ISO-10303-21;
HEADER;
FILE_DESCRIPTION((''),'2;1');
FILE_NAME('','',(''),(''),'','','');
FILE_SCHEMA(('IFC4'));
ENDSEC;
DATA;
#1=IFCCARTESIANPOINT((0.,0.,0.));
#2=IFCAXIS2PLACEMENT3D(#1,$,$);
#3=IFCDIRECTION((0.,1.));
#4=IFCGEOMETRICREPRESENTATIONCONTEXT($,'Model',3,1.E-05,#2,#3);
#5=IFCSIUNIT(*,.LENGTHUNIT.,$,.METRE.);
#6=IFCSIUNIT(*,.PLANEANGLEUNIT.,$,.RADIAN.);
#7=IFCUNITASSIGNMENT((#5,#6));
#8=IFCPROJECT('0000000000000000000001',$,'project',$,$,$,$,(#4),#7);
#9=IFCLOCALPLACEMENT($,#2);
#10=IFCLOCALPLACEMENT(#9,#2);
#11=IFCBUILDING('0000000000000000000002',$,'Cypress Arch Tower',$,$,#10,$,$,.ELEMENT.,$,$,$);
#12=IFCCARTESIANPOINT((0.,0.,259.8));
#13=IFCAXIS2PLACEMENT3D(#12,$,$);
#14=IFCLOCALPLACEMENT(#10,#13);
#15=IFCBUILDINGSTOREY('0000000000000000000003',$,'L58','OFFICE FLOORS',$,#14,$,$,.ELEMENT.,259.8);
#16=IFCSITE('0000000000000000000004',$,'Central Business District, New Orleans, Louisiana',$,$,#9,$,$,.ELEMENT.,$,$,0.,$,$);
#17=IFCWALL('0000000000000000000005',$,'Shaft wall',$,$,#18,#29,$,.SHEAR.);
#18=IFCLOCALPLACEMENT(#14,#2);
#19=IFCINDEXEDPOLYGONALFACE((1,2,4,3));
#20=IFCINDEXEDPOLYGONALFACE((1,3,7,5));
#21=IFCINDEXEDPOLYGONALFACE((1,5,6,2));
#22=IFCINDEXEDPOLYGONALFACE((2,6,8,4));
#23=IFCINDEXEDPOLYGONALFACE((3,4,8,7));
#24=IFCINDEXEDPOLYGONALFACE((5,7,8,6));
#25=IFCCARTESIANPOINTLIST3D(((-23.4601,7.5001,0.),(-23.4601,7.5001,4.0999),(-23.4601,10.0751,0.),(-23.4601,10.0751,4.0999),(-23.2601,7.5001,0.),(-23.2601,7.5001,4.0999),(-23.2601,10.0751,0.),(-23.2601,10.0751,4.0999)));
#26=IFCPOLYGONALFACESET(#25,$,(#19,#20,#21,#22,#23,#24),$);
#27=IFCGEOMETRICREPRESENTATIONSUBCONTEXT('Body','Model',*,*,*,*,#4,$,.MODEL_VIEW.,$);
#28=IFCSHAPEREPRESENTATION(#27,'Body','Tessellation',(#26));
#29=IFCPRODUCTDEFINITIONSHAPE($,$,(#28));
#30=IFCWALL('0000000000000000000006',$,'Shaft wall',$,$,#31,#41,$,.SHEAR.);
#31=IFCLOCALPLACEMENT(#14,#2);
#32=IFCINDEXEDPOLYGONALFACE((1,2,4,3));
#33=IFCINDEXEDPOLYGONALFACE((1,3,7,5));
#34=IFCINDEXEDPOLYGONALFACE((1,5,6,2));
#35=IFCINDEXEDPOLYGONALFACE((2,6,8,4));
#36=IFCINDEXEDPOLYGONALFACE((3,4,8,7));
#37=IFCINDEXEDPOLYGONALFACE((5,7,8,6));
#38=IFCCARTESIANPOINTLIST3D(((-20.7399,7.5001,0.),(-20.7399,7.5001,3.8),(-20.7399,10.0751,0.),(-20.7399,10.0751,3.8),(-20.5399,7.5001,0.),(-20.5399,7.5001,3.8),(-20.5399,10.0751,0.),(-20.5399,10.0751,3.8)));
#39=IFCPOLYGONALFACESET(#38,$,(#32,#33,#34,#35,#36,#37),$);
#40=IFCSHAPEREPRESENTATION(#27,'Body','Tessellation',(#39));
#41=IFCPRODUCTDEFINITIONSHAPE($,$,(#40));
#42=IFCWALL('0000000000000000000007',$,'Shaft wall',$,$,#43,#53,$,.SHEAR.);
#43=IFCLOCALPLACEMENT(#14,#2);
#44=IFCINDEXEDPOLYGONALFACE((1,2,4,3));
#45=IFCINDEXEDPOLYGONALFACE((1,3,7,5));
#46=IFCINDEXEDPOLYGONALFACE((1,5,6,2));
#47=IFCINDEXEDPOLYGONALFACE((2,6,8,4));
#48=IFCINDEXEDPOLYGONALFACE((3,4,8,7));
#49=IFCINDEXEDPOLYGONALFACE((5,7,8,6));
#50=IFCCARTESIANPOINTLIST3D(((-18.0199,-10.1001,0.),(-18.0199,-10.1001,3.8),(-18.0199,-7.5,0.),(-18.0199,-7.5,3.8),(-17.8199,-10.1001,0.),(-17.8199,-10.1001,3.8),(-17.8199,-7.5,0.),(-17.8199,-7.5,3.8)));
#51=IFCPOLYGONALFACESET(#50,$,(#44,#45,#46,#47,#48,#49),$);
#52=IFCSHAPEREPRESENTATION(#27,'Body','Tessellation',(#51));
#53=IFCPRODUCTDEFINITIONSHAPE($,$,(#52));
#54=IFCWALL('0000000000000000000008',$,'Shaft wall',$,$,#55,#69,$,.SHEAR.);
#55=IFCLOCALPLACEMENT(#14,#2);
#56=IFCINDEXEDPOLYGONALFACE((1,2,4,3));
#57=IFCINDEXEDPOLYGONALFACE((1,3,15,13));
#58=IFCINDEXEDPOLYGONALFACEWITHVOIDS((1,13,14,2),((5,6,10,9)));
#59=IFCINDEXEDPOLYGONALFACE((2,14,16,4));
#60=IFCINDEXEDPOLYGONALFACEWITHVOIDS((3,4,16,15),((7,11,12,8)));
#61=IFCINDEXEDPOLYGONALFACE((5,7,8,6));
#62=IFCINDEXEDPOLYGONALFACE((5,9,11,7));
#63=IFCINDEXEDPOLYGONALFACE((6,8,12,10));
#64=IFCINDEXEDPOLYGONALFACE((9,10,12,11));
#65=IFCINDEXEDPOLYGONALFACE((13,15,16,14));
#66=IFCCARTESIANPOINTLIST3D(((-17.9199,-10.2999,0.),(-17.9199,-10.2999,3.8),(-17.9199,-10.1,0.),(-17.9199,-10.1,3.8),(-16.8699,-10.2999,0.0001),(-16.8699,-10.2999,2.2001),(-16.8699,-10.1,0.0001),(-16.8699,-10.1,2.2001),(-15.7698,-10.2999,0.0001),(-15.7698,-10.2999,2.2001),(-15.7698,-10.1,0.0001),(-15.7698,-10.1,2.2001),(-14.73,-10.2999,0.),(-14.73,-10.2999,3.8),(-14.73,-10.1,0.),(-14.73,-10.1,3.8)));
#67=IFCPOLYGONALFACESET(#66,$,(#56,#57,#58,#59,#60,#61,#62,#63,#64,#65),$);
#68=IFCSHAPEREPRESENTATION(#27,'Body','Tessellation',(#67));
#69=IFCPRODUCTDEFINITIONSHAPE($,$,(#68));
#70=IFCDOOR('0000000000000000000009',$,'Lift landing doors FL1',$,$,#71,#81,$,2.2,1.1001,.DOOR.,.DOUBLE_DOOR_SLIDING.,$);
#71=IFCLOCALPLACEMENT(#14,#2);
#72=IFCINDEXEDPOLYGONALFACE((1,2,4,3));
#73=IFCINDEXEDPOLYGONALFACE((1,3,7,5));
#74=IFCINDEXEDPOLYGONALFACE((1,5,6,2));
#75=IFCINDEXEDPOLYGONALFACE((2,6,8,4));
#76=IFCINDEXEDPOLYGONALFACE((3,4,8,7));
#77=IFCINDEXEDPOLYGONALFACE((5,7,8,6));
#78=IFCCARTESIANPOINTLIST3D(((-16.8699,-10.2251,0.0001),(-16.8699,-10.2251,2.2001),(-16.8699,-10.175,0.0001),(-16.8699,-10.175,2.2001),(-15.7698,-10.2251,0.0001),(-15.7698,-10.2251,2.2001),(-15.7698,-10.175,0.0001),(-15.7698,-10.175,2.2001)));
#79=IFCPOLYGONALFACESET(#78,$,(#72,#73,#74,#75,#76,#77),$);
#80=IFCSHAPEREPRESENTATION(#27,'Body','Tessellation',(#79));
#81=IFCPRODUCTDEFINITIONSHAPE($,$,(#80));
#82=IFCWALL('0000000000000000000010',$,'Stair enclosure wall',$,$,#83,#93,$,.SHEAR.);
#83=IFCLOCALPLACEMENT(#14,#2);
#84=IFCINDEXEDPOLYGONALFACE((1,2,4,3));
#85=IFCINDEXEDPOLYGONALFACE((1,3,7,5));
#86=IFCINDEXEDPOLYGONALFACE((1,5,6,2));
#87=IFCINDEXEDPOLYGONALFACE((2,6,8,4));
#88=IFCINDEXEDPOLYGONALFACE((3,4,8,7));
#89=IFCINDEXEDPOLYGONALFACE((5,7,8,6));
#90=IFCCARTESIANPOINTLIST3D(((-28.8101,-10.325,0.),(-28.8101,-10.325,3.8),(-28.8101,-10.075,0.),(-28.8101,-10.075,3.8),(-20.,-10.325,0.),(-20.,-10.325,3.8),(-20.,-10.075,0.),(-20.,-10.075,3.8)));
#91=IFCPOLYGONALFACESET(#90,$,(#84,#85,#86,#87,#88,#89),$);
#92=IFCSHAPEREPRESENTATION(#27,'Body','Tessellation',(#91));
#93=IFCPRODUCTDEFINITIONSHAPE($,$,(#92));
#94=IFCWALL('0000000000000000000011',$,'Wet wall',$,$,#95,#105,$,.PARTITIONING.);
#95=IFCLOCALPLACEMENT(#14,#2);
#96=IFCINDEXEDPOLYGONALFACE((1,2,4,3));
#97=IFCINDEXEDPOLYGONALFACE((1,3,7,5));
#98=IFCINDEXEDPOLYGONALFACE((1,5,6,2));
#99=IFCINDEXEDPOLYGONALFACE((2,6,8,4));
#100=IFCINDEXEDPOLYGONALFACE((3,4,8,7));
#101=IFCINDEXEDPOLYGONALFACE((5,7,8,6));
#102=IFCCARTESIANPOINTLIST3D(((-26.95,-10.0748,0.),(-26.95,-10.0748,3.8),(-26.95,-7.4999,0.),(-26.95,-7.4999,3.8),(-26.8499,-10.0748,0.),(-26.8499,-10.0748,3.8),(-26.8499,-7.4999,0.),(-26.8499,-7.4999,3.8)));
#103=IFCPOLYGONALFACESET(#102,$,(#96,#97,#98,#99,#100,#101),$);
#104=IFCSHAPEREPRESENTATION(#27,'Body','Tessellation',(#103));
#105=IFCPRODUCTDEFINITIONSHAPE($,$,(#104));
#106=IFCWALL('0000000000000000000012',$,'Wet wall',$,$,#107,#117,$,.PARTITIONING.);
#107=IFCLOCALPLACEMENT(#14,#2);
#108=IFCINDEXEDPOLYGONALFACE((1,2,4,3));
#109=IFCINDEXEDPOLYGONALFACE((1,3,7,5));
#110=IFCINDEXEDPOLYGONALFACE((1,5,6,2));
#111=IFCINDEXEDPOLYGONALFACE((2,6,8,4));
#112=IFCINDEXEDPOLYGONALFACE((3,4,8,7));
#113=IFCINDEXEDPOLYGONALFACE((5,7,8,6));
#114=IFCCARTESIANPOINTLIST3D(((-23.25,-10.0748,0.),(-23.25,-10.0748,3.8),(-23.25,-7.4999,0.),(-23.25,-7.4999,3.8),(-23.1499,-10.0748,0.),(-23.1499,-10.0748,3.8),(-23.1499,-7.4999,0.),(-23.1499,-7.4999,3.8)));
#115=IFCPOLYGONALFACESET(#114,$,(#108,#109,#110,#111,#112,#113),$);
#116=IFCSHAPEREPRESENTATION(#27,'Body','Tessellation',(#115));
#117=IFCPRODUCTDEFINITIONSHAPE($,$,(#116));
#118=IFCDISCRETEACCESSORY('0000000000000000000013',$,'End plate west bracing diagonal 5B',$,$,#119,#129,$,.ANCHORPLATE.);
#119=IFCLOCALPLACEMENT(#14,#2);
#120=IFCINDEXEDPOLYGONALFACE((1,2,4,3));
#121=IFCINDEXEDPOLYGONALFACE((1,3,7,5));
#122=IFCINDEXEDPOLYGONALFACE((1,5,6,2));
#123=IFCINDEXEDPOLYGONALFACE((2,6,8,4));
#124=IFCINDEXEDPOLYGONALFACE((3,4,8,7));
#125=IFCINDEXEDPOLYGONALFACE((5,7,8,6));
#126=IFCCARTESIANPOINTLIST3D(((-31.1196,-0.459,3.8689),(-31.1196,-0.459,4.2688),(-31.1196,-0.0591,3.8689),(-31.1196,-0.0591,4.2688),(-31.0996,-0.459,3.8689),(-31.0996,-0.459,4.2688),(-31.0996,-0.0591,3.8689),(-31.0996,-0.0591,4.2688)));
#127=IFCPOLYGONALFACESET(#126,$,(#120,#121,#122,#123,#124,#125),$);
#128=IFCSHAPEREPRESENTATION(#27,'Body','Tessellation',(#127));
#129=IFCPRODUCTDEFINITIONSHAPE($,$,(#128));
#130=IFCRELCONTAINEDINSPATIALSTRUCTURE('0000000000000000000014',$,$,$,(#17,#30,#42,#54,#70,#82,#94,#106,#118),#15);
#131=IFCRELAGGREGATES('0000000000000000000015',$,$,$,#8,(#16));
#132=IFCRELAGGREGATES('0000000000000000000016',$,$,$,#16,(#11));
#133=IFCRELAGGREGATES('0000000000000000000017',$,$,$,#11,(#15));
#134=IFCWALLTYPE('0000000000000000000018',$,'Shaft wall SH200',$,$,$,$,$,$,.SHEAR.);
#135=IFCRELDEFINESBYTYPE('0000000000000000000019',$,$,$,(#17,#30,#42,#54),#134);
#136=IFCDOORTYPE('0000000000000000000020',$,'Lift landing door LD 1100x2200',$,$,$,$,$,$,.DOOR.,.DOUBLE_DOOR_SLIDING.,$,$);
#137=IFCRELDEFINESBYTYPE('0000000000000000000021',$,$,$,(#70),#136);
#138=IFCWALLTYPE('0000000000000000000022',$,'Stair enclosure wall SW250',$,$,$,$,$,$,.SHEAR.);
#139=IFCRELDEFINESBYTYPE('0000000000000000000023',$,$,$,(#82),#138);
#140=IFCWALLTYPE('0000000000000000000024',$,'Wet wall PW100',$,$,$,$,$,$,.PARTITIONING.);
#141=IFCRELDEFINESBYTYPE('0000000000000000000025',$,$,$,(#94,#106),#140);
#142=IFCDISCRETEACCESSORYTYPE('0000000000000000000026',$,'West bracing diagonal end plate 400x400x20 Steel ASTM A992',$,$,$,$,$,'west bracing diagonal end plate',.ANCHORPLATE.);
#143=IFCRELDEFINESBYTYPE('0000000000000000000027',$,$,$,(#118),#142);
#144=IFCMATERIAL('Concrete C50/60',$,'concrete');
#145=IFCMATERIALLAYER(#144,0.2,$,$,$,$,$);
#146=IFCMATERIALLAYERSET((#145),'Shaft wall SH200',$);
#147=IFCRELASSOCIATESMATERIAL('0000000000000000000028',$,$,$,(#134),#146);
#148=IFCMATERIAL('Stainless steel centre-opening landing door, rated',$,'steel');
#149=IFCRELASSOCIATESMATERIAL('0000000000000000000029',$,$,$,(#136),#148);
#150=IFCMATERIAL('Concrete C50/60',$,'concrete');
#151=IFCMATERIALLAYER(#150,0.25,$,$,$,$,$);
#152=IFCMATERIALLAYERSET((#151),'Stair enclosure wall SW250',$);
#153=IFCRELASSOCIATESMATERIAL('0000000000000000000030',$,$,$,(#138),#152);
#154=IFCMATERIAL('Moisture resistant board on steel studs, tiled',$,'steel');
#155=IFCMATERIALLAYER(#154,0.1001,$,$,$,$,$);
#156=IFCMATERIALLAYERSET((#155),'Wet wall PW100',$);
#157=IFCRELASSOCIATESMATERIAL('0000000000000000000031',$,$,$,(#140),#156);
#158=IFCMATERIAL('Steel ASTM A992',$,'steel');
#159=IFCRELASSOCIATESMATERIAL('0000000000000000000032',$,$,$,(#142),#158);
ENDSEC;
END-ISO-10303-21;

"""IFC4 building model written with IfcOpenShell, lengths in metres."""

from ifc_helpers import new_model, si_unit, direction, frame, frame_2d, origin, origin_2d, place, context, subcontext, project, spatial, rectangle, extrude, material, layer, layer_set, material_profile, profile_set, type_object, element, fill, save


model = new_model("IFC4")

# Units and contexts
model_context = context("Model", 3, precision=1e-05, world=origin(), true_north=direction((0.0, 1.0)))
body_context = subcontext(model_context, "Body", "Model", "MODEL_VIEW")
ifc_project = project(units=[si_unit("LENGTHUNIT", "METRE"), si_unit("PLANEANGLEUNIT", "RADIAN")], contexts=[model_context])

# Site, building, storey
site_placement = place(None, origin())
site = spatial("IfcSite", under=ifc_project, at=site_placement, Name="Central Business District, New Orleans, Louisiana", CompositionType="ELEMENT", RefElevation=0.0)
building_placement = place(site_placement, origin())
building = spatial("IfcBuilding", under=site, at=building_placement, Name="Cypress Arch Tower", CompositionType="ELEMENT")
storey_placement = place(building_placement, frame((0.0, 0.0, 259.8)))
storey = spatial("IfcBuildingStorey", under=building, at=storey_placement, Name="L58", Description="OFFICE FLOORS", CompositionType="ELEMENT", Elevation=259.8)

# Shared definitions
ifc_material_1 = material(Name="Concrete C50/60", Category="concrete")
ifc_layer_1 = layer(ifc_material_1, 0.2)
ifc_layer_set_1 = layer_set([ifc_layer_1], Name="Shaft wall SH200")
wall_type_1 = type_object("IfcWallType", Name="Shaft wall SH200", PredefinedType="SHEAR", material=ifc_layer_set_1)
ifc_material_2 = material(Name="Stainless steel centre-opening landing door, rated", Category="steel")
door_type_1 = type_object("IfcDoorType", Name="Lift landing door LD 1100x2200", OperationType="DOUBLE_DOOR_SLIDING", PredefinedType="DOOR", material=ifc_material_2)

# Walls
for number, where, z_axis, x_axis, name in (
    (1, (-23.3601, 7.5, 0.0), (0.0, 0.0, 1.0), (0.0, 1.0, 0.0), "Shaft wall"),
):
    element("IfcWall", number, at=place(storey_placement, frame(where, z_axis=z_axis, x_axis=x_axis)), inside=storey, type_object=wall_type_1, Name=name, PredefinedType="SHEAR", context=body_context, shape_type="SweptSolid", body=[
        extrude(rectangle(XDim=2.575, YDim=0.2, at=frame_2d((1.2876, 0.0))), origin(), (0.0, 0.0, 1.0), 4.0999),
    ])
wall_1_placement = place(storey_placement, frame((-20.6399, 7.5, 0.0), z_axis=(0.0, 0.0, 1.0), x_axis=(0.0, 1.0, 0.0)))
element("IfcWall", 2, at=wall_1_placement, inside=storey, type_object=wall_type_1, Name="Shaft wall", PredefinedType="SHEAR", context=body_context, shape_type="SweptSolid", body=[
    extrude(rectangle(XDim=2.575, YDim=0.2, at=frame_2d((1.2876, 0.0))), origin(), (0.0, 0.0, 1.0), 3.8),
])
wall_2_placement = place(storey_placement, frame((-17.9199, -10.1001, 0.0), z_axis=(0.0, 0.0, 1.0), x_axis=(0.0, 1.0, 0.0)))
element("IfcWall", 3, at=wall_2_placement, inside=storey, type_object=wall_type_1, Name="Shaft wall", PredefinedType="SHEAR", context=body_context, shape_type="SweptSolid", body=[
    extrude(rectangle(XDim=2.6001, YDim=0.2, at=frame_2d((1.3, 0.0))), origin(), (0.0, 0.0, 1.0), 3.8),
])

# Wall, opening, door
wall_3_placement = place(storey_placement, frame((-17.9199, -10.2, 0.0), z_axis=(0.0, 0.0, 1.0), x_axis=(1.0, 0.0, 0.0)))
wall_3 = element("IfcWall", 4, at=wall_3_placement, inside=storey, type_object=wall_type_1, Name="Shaft wall", PredefinedType="SHEAR", context=body_context, shape_type="SweptSolid", body=[
    extrude(rectangle(XDim=3.1899, YDim=0.2, at=frame_2d((1.595, 0.0))), origin(), (0.0, 0.0, 1.0), 3.8),
])
opening_1_placement = place(wall_3_placement, frame((1.05, 0.0, 0.0)))
opening_1 = element("IfcOpeningElement", 5, at=opening_1_placement, cuts=wall_3, PredefinedType="OPENING", context=body_context, shape_type="SweptSolid", body=[
    extrude(rectangle(XDim=1.1001, YDim=2.2, at=frame_2d((0.55, 1.1001))), frame((0.0, 0.1099, 0.0), z_axis=(0.0, -1.0, 0.0), x_axis=(1.0, 0.0, 0.0)), (0.0, 0.0, 1.0), 0.22),
])
door_1_placement = place(opening_1_placement, origin())
door_1 = element("IfcDoor", 6, at=door_1_placement, inside=storey, type_object=door_type_1, Name="Lift landing doors FL1", OperationType="DOUBLE_DOOR_SLIDING", OverallHeight=2.2, OverallWidth=1.1001, PredefinedType="DOOR", context=body_context, shape_type="SweptSolid", body=[
    extrude(rectangle(XDim=1.1001, YDim=2.2, at=frame_2d((0.55, 1.1001))), frame((0.0, 0.0249, 0.0), z_axis=(0.0, -1.0, 0.0), x_axis=(1.0, 0.0, 0.0)), (0.0, 0.0, 1.0), 0.05),
])
fill(opening_1, door_1)

# Walls
ifc_material_3 = material(Name="Concrete C50/60", Category="concrete")
ifc_layer_2 = layer(ifc_material_3, 0.25)
ifc_layer_set_2 = layer_set([ifc_layer_2], Name="Stair enclosure wall SW250")
wall_type_2 = type_object("IfcWallType", Name="Stair enclosure wall SW250", PredefinedType="SHEAR", material=ifc_layer_set_2)
wall_4_placement = place(storey_placement, frame((-28.8101, -10.2, 0.0), z_axis=(0.0, 0.0, 1.0), x_axis=(1.0, 0.0, 0.0)))
element("IfcWall", 7, at=wall_4_placement, inside=storey, type_object=wall_type_2, Name="Stair enclosure wall", PredefinedType="SHEAR", context=body_context, shape_type="SweptSolid", body=[
    extrude(rectangle(XDim=8.8101, YDim=0.25, at=frame_2d((4.405, 0.0))), origin(), (0.0, 0.0, 1.0), 3.8),
])
ifc_material_4 = material(Name="Moisture resistant board on steel studs, tiled", Category="steel")
ifc_layer_3 = layer(ifc_material_4, 0.1001)
ifc_layer_set_3 = layer_set([ifc_layer_3], Name="Wet wall PW100")
wall_type_3 = type_object("IfcWallType", Name="Wet wall PW100", PredefinedType="PARTITIONING", material=ifc_layer_set_3)
for number, where, z_axis, x_axis, name in (
    (8, (-26.8999, -10.075, 0.0), (0.0, 0.0, 1.0), (0.0, 1.0, 0.0), "Wet wall"),
    (9, (-23.2, -10.075, 0.0), (0.0, 0.0, 1.0), (0.0, 1.0, 0.0), "Wet wall"),
):
    element("IfcWall", number, at=place(storey_placement, frame(where, z_axis=z_axis, x_axis=x_axis)), inside=storey, type_object=wall_type_3, Name=name, PredefinedType="PARTITIONING", context=body_context, shape_type="SweptSolid", body=[
        extrude(rectangle(XDim=2.575, YDim=0.1001, at=frame_2d((1.2876, 0.0))), origin(), (0.0, 0.0, 1.0), 3.8),
    ])

# Discrete accessory
ifc_material_5 = material(Name="Steel ASTM A992", Category="steel")
ifc_material_profile = material_profile(ifc_material_5, rectangle(XDim=0.3999, YDim=0.3999, at=origin_2d()), Name="PL 20 400x400")
ifc_profile_set = profile_set([ifc_material_profile], Name="Steel ASTM A992")
discrete_accessory_type = type_object("IfcDiscreteAccessoryType", Name="West bracing diagonal end plate 400x400x20 Steel ASTM A992", ElementType="west bracing diagonal end plate", PredefinedType="ANCHORPLATE", material=ifc_profile_set)
discrete_accessory_placement = place(storey_placement, frame((-31.0996, -0.259, 4.0688), z_axis=(-1.0, 0.0, 0.0), x_axis=(0.0, -1.0, 0.0)))
element("IfcDiscreteAccessory", 10, at=discrete_accessory_placement, inside=storey, type_object=discrete_accessory_type, Name="End plate west bracing diagonal 5B", PredefinedType="ANCHORPLATE", context=body_context, shape_type="SweptSolid", body=[
    extrude(rectangle(XDim=0.3999, YDim=0.3999, at=origin_2d()), origin(), (0.0, 0.0, 1.0), 0.02),
])

save(model, "model.ifc")
